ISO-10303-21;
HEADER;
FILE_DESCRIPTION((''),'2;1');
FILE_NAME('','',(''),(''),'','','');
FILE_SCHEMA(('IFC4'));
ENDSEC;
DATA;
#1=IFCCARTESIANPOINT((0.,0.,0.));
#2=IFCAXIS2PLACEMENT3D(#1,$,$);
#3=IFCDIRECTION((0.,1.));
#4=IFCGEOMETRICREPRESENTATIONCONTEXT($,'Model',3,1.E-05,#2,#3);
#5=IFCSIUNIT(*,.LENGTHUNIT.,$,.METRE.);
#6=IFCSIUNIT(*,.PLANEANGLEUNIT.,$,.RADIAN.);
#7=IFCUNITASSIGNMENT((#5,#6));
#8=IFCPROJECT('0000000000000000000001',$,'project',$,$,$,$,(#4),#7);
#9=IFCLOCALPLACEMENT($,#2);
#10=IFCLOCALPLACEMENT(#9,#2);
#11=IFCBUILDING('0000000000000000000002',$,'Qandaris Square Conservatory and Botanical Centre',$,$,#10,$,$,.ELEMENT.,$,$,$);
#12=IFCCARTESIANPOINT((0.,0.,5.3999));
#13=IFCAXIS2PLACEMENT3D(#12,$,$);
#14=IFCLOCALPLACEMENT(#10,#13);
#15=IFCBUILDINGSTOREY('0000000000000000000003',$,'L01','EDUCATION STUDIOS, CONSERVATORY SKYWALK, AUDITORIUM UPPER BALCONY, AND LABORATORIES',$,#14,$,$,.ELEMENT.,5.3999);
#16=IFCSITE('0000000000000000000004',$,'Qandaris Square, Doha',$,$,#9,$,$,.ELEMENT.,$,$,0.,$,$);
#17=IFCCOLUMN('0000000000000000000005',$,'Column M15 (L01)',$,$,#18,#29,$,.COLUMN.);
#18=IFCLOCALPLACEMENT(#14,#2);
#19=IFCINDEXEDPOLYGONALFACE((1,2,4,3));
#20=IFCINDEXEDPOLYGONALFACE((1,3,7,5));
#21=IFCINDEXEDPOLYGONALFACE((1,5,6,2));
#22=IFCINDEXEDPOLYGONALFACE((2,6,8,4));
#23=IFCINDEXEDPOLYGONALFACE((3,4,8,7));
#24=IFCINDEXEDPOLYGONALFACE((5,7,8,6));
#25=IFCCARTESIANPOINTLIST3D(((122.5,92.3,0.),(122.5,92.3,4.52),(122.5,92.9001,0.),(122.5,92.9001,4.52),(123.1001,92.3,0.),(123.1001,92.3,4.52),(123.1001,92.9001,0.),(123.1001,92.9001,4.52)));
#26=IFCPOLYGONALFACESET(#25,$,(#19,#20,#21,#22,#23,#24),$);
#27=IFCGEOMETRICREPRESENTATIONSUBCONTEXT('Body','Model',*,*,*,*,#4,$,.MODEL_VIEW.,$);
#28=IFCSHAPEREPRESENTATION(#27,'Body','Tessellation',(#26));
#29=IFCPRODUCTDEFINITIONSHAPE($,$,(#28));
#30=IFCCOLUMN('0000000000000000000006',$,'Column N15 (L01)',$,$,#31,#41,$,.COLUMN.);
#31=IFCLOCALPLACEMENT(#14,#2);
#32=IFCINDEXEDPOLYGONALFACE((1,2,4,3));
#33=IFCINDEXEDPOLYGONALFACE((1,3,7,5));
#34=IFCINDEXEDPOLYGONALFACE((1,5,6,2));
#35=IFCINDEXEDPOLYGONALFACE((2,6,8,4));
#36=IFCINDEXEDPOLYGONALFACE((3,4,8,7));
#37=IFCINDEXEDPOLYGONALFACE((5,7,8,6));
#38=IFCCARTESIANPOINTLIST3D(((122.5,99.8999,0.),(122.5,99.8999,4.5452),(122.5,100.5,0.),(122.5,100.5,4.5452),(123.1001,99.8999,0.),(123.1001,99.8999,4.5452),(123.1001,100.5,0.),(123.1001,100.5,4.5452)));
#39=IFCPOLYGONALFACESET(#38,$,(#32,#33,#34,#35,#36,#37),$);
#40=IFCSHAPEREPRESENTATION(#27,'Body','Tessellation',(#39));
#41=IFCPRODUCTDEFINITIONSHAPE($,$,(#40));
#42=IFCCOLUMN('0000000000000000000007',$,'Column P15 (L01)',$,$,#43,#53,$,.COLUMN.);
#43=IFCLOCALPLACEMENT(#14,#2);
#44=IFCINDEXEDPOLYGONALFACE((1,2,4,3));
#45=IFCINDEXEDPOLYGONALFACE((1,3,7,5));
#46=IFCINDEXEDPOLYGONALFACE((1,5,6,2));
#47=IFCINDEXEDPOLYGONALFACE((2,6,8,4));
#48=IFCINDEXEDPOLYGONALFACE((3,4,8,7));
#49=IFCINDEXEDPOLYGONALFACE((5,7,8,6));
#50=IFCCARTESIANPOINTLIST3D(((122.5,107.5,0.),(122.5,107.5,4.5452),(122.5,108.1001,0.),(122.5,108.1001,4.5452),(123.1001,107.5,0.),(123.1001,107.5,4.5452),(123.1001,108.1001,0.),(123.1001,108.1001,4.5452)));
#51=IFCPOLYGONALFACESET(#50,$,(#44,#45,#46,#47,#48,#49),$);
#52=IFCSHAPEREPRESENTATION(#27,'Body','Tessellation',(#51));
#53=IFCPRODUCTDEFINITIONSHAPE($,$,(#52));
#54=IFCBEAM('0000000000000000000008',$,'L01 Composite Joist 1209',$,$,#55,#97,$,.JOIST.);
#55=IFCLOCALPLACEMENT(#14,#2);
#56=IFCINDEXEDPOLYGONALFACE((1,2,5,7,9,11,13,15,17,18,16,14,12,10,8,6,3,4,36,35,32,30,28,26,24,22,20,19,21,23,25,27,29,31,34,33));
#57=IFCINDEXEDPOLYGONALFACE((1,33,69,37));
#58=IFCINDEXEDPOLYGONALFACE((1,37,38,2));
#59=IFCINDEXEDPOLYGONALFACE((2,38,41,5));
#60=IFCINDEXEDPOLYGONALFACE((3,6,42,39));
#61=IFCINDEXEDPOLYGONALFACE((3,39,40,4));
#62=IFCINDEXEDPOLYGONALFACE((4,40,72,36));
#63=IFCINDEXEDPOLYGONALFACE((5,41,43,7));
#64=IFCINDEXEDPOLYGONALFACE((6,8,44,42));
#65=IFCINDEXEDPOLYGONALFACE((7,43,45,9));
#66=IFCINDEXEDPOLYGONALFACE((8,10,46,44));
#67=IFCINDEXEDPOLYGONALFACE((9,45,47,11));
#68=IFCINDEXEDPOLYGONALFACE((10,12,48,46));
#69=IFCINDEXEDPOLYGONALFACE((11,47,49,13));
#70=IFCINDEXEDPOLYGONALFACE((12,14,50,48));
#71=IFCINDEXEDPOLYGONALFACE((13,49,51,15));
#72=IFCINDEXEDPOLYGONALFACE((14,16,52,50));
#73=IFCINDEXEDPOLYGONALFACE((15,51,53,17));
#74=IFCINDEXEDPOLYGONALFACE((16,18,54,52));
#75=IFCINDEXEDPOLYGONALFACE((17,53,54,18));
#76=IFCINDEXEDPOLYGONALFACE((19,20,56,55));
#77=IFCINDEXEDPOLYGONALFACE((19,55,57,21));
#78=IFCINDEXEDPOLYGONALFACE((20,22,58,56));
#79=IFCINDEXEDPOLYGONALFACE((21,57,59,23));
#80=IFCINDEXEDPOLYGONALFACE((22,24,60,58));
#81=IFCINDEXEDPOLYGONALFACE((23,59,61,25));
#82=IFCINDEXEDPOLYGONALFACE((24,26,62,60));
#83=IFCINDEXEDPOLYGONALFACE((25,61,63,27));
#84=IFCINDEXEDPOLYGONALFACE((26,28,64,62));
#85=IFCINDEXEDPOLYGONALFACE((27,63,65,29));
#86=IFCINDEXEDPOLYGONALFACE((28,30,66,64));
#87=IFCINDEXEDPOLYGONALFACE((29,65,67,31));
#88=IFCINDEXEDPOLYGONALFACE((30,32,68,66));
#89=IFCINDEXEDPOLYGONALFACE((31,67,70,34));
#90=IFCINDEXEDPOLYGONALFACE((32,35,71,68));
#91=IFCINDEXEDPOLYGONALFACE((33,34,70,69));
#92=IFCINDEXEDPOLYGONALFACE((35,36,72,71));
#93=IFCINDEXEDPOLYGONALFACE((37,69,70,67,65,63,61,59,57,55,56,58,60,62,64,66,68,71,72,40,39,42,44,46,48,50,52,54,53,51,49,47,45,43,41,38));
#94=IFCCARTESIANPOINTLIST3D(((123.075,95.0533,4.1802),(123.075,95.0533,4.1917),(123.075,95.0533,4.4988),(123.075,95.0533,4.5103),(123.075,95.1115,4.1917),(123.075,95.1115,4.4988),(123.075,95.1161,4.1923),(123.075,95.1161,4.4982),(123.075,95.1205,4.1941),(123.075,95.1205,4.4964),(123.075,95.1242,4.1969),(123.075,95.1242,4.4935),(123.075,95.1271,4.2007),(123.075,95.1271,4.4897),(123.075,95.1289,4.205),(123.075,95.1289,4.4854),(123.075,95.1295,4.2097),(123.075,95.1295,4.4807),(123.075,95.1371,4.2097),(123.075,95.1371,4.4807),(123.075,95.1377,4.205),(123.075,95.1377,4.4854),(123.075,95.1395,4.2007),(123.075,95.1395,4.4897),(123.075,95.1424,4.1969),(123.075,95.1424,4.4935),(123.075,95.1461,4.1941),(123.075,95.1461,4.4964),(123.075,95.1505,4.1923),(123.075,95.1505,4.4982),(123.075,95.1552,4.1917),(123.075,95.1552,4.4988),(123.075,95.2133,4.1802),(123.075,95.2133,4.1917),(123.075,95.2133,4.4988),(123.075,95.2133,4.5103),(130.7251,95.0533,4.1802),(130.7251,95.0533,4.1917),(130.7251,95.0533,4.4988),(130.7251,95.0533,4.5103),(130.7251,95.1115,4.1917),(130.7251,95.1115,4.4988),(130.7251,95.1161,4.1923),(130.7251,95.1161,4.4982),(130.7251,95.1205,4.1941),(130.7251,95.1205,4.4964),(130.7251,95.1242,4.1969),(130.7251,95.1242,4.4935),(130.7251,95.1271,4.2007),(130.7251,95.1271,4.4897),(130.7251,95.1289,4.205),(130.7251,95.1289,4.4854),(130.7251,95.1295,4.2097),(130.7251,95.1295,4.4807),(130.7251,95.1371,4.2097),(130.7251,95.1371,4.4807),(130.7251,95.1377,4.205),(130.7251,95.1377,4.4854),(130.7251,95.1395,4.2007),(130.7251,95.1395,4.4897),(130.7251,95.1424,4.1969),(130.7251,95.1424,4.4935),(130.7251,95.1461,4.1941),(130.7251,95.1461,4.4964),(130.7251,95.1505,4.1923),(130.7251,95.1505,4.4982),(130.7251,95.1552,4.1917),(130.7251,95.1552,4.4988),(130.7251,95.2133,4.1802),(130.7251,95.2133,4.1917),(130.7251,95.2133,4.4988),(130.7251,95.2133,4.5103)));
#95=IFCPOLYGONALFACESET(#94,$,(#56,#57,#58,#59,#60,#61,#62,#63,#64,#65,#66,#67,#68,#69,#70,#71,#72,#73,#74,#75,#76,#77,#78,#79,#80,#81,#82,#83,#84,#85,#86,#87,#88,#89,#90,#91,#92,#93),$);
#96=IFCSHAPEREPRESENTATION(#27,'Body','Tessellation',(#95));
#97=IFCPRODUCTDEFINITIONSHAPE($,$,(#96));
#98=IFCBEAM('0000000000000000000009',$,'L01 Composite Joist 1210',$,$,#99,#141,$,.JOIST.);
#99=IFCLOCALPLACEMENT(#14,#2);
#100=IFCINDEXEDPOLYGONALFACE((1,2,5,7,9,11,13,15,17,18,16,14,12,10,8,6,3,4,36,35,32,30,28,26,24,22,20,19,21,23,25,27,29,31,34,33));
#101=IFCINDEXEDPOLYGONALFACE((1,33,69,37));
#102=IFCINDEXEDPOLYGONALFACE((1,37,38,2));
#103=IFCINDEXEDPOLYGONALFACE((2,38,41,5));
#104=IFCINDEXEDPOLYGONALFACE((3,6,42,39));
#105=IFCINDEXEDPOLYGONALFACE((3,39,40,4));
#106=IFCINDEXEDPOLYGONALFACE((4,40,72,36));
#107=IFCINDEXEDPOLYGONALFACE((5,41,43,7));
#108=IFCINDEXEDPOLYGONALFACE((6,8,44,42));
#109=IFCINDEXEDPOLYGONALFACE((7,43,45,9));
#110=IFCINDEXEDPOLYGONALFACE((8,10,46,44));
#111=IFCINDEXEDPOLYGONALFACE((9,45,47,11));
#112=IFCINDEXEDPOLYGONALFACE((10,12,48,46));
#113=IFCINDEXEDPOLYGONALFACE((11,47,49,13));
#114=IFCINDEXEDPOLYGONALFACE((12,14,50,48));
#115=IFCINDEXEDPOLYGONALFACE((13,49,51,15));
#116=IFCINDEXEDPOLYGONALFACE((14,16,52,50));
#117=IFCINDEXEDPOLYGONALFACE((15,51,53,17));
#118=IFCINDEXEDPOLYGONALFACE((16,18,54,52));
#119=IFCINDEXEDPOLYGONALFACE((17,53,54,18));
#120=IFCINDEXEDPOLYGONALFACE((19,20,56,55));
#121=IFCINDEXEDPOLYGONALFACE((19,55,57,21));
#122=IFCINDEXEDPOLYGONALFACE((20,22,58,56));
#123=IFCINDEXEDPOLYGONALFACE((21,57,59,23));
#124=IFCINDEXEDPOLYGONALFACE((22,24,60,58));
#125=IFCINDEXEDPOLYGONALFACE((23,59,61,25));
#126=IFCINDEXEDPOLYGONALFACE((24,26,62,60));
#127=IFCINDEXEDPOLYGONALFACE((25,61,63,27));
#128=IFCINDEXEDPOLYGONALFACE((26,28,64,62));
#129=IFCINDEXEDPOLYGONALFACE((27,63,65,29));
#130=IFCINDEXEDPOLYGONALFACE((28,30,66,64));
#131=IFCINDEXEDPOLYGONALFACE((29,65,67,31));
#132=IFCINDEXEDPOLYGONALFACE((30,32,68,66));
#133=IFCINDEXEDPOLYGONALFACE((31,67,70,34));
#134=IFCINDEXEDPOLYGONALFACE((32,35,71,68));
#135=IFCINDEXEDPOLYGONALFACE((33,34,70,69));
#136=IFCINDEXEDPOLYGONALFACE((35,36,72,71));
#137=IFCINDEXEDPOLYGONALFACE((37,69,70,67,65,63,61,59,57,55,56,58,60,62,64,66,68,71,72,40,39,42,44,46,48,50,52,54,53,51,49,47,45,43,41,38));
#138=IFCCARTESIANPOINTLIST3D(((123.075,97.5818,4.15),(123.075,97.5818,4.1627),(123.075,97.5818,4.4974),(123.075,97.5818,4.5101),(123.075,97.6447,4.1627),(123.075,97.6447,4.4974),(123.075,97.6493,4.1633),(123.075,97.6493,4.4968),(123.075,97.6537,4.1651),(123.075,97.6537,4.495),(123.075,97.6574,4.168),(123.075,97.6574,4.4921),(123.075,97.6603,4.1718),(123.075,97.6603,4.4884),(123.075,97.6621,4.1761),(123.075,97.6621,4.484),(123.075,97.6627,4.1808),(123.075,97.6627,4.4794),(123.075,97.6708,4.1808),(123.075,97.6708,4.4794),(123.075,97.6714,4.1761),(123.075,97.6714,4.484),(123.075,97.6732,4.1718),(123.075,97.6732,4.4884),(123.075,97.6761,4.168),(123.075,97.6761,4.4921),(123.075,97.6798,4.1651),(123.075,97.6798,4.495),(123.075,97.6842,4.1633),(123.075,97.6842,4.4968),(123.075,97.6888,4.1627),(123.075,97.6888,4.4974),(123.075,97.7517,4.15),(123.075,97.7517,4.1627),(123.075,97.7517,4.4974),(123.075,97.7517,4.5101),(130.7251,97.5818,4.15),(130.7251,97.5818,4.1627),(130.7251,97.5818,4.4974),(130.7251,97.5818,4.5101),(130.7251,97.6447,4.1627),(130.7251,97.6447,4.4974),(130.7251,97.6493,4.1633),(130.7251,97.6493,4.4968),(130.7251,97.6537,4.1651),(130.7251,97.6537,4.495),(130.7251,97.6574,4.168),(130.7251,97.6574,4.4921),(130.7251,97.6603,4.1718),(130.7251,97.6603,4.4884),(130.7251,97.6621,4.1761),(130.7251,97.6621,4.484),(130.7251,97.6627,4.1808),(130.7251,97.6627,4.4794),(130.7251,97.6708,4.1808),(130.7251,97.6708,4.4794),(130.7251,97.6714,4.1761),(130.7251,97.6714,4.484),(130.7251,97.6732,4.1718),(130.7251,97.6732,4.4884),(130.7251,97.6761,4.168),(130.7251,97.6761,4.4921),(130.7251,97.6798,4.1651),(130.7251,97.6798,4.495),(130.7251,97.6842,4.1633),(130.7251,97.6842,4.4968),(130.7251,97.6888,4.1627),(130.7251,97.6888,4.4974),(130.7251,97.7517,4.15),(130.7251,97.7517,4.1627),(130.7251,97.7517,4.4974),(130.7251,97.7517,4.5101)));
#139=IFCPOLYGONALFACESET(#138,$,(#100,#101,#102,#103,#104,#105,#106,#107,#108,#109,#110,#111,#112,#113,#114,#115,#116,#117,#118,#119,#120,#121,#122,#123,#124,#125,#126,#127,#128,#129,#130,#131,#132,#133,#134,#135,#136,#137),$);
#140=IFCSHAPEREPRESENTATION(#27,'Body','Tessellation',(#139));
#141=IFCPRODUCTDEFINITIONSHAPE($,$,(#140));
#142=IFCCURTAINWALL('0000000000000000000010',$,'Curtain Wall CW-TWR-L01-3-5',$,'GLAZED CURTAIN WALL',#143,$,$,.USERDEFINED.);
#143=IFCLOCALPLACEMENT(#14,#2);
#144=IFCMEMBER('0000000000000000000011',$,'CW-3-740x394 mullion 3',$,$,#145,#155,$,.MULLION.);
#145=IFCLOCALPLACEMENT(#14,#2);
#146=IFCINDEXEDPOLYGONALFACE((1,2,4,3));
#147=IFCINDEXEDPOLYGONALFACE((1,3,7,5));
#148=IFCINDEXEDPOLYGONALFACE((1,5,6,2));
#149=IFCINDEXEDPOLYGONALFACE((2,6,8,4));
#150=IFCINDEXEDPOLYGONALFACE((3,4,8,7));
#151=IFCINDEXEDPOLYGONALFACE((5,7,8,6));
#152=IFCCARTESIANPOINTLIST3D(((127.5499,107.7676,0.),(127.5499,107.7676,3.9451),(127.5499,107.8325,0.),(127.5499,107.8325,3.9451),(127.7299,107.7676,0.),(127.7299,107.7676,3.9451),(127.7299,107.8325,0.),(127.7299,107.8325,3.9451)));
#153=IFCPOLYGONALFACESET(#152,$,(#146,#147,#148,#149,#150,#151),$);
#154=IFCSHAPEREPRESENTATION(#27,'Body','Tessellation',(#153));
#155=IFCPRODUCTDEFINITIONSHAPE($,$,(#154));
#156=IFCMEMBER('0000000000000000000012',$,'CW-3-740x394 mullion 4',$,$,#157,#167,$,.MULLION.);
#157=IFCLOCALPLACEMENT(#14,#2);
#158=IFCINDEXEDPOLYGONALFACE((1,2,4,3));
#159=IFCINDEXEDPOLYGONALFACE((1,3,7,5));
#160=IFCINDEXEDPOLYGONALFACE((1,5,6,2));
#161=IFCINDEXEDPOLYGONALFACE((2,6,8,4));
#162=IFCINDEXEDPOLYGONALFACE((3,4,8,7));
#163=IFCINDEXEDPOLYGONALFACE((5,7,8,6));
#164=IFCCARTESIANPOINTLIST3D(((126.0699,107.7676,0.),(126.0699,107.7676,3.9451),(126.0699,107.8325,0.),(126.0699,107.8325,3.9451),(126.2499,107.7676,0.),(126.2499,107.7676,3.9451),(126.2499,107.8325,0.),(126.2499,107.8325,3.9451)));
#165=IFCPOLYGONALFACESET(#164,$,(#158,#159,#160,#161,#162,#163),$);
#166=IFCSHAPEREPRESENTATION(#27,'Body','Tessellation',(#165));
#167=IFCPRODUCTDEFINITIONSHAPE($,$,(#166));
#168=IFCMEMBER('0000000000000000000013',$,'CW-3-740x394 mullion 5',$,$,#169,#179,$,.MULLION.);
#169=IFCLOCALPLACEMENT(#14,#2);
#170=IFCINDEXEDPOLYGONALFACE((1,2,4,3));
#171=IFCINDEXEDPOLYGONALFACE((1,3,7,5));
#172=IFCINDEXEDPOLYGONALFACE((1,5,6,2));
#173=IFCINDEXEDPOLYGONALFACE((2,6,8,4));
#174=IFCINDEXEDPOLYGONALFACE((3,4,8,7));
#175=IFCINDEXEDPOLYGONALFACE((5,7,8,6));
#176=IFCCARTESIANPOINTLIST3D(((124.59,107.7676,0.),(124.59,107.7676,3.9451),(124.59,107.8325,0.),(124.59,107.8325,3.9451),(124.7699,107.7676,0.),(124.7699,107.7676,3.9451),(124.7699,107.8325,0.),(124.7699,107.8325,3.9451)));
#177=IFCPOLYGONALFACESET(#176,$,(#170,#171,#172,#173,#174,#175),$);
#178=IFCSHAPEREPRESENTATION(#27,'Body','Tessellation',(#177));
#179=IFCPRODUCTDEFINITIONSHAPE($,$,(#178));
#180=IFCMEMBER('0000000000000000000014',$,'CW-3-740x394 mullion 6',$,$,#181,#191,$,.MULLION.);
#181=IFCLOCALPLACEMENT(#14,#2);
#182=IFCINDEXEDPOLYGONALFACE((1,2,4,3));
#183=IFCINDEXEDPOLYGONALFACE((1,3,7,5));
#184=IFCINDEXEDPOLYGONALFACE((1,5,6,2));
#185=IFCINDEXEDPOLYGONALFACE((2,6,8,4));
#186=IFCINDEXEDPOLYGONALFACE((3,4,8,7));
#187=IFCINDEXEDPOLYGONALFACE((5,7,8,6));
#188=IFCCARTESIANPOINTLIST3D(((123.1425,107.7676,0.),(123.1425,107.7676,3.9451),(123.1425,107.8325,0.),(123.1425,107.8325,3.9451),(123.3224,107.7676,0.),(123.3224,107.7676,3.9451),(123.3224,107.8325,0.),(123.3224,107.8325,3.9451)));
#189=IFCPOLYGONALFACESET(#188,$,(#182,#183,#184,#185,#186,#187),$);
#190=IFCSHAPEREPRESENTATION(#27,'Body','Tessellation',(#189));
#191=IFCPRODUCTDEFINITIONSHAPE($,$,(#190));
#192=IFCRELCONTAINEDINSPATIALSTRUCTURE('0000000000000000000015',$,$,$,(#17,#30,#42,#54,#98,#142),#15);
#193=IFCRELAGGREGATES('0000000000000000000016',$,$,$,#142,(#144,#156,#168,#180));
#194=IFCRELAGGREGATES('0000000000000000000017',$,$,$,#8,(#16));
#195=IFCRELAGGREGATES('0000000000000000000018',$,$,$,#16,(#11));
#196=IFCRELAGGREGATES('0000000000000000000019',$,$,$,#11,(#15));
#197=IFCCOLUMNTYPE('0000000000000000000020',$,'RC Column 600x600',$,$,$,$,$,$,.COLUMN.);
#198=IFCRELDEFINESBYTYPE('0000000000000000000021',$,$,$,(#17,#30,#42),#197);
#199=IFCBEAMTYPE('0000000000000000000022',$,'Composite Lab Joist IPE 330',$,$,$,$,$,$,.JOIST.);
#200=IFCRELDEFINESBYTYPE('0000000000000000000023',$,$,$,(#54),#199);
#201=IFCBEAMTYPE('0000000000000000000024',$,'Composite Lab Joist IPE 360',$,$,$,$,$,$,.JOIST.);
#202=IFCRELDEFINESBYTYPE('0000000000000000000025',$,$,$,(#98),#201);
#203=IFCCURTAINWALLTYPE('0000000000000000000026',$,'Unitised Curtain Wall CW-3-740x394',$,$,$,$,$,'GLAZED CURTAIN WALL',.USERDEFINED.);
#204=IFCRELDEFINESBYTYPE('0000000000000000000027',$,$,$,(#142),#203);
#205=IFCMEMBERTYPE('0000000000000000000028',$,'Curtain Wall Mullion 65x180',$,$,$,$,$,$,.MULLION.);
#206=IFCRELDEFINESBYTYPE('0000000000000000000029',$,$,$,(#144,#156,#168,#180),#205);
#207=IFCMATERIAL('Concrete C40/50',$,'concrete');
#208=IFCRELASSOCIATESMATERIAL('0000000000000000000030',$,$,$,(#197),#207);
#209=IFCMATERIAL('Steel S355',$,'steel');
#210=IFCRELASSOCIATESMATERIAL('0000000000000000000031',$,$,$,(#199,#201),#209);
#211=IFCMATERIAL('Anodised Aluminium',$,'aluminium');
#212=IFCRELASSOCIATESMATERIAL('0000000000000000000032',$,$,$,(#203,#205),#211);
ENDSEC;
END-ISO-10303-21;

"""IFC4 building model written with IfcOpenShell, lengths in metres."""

from ifc_helpers import new_model, si_unit, direction, frame, origin, origin_2d, place, context, subcontext, project, spatial, rectangle, i_section, extrude, material, material_profile, profile_set, type_object, element, aggregate, save


model = new_model("IFC4")

# Units and contexts
model_context = context("Model", 3, precision=1e-05, world=origin(), true_north=direction((0.0, 1.0)))
body_context = subcontext(model_context, "Body", "Model", "MODEL_VIEW")
ifc_project = project(units=[si_unit("LENGTHUNIT", "METRE"), si_unit("PLANEANGLEUNIT", "RADIAN")], contexts=[model_context])

# Site, building, storey
site_placement = place(None, origin())
site = spatial("IfcSite", under=ifc_project, at=site_placement, Name="Qandaris Square, Doha", CompositionType="ELEMENT", RefElevation=0.0)
building_placement = place(site_placement, origin())
building = spatial("IfcBuilding", under=site, at=building_placement, Name="Qandaris Square Conservatory and Botanical Centre", CompositionType="ELEMENT")
storey_placement = place(building_placement, frame((0.0, 0.0, 5.3999)))
storey = spatial("IfcBuildingStorey", under=building, at=storey_placement, Name="L01", Description="EDUCATION STUDIOS, CONSERVATORY SKYWALK, AUDITORIUM UPPER BALCONY, AND LABORATORIES", CompositionType="ELEMENT", Elevation=5.3999)

# Columns
ifc_material_1 = material(Name="Concrete C40/50", Category="concrete")
ifc_material_profile_1 = material_profile(ifc_material_1, rectangle(XDim=0.6001, YDim=0.6001, at=origin_2d()), Name="RC-COL 600x600")
ifc_profile_set_1 = profile_set([ifc_material_profile_1], Name="Concrete C40/50")
column_type = type_object("IfcColumnType", Name="RC Column 600x600", PredefinedType="COLUMN", material=ifc_profile_set_1)
column_placement = place(storey_placement, frame((122.8, 92.6001, 0.0), z_axis=(0.0, 0.0, 1.0), x_axis=(1.0, 0.0, 0.0)))
element("IfcColumn", 1, at=column_placement, inside=storey, type_object=column_type, Name="Column M15 (L01)", PredefinedType="COLUMN", context=body_context, shape_type="SweptSolid", body=[
    extrude(rectangle(XDim=0.6001, YDim=0.6001, at=origin_2d()), origin(), (0.0, 0.0, 1.0), 4.52),
])
for number, where, z_axis, x_axis, name in (
    (2, (122.8, 100.2, 0.0), (0.0, 0.0, 1.0), (1.0, 0.0, 0.0), "Column N15 (L01)"),
    (3, (122.8, 107.8, 0.0), (0.0, 0.0, 1.0), (1.0, 0.0, 0.0), "Column P15 (L01)"),
):
    element("IfcColumn", number, at=place(storey_placement, frame(where, z_axis=z_axis, x_axis=x_axis)), inside=storey, type_object=column_type, Name=name, PredefinedType="COLUMN", context=body_context, shape_type="SweptSolid", body=[
        extrude(rectangle(XDim=0.6001, YDim=0.6001, at=origin_2d()), origin(), (0.0, 0.0, 1.0), 4.5452),
    ])

# Beams
ifc_material_2 = material(Name="Steel S355", Category="steel")
ifc_material_profile_2 = material_profile(ifc_material_2, i_section(OverallWidth=0.1599, OverallDepth=0.3301, WebThickness=0.0076, FlangeThickness=0.0115, FilletRadius=0.0181, at=origin_2d()), Name="IPE 330")
ifc_profile_set_2 = profile_set([ifc_material_profile_2], Name="Steel S355")
beam_type_1 = type_object("IfcBeamType", Name="Composite Lab Joist IPE 330", PredefinedType="JOIST", material=ifc_profile_set_2)
beam_1_placement = place(storey_placement, frame((123.075, 95.1333, 4.3452), z_axis=(1.0, 0.0, 0.0), x_axis=(0.0, 1.0, 0.0)))
element("IfcBeam", 4, at=beam_1_placement, inside=storey, type_object=beam_type_1, Name="L01 Composite Joist 1209", PredefinedType="JOIST", context=body_context, shape_type="SweptSolid", body=[
    extrude(i_section(OverallWidth=0.1599, OverallDepth=0.3301, WebThickness=0.0076, FlangeThickness=0.0115, FilletRadius=0.0181, at=origin_2d()), origin(), (0.0, 0.0, 1.0), 7.6501),
])
ifc_material_profile_3 = material_profile(ifc_material_2, i_section(OverallWidth=0.1699, OverallDepth=0.3601, WebThickness=0.0081, FlangeThickness=0.0127, FilletRadius=0.0181, at=origin_2d()), Name="IPE 360")
ifc_profile_set_3 = profile_set([ifc_material_profile_3], Name="Steel S355")
beam_type_2 = type_object("IfcBeamType", Name="Composite Lab Joist IPE 360", PredefinedType="JOIST", material=ifc_profile_set_3)
beam_2_placement = place(storey_placement, frame((123.075, 97.6667, 4.3301), z_axis=(1.0, 0.0, 0.0), x_axis=(0.0, 1.0, 0.0)))
element("IfcBeam", 5, at=beam_2_placement, inside=storey, type_object=beam_type_2, Name="L01 Composite Joist 1210", PredefinedType="JOIST", context=body_context, shape_type="SweptSolid", body=[
    extrude(i_section(OverallWidth=0.1699, OverallDepth=0.3601, WebThickness=0.0081, FlangeThickness=0.0127, FilletRadius=0.0181, at=origin_2d()), origin(), (0.0, 0.0, 1.0), 7.6501),
])

# Curtain wall, members
ifc_material_3 = material(Name="Anodised Aluminium", Category="aluminium")
curtain_wall_type = type_object("IfcCurtainWallType", Name="Unitised Curtain Wall CW-3-740x394", ElementType="GLAZED CURTAIN WALL", PredefinedType="USERDEFINED", material=ifc_material_3)
curtain_wall_placement = place(storey_placement, origin())
curtain_wall = element("IfcCurtainWall", 6, at=curtain_wall_placement, inside=storey, type_object=curtain_wall_type, Name="Curtain Wall CW-TWR-L01-3-5", ObjectType="GLAZED CURTAIN WALL", PredefinedType="USERDEFINED")
ifc_material_profile_4 = material_profile(ifc_material_3, rectangle(XDim=0.0649, YDim=0.1799, at=origin_2d()), Name="ALU-MUL 65x180")
ifc_profile_set_4 = profile_set([ifc_material_profile_4], Name="Anodised Aluminium")
member_type_1 = type_object("IfcMemberType", Name="Curtain Wall Mullion 65x180", PredefinedType="MULLION", material=ifc_profile_set_4)
member_1_placement = place(storey_placement, frame((127.6399, 107.8, 0.0), z_axis=(0.0, 0.0, 1.0), x_axis=(0.0, -1.0, 0.0)))
member_1 = element("IfcMember", 7, at=member_1_placement, type_object=member_type_1, Name="CW-3-740x394 mullion 3", PredefinedType="MULLION", context=body_context, shape_type="SweptSolid", body=[
    extrude(rectangle(XDim=0.0649, YDim=0.1799, at=origin_2d()), origin(), (0.0, 0.0, 1.0), 3.9451),
])
member_2_placement = place(storey_placement, frame((126.1599, 107.8, 0.0), z_axis=(0.0, 0.0, 1.0), x_axis=(0.0, -1.0, 0.0)))
member_2 = element("IfcMember", 8, at=member_2_placement, type_object=member_type_1, Name="CW-3-740x394 mullion 4", PredefinedType="MULLION", context=body_context, shape_type="SweptSolid", body=[
    extrude(rectangle(XDim=0.0649, YDim=0.1799, at=origin_2d()), origin(), (0.0, 0.0, 1.0), 3.9451),
])
member_3_placement = place(storey_placement, frame((124.6799, 107.8, 0.0), z_axis=(0.0, 0.0, 1.0), x_axis=(0.0, -1.0, 0.0)))
member_3 = element("IfcMember", 9, at=member_3_placement, type_object=member_type_1, Name="CW-3-740x394 mullion 5", PredefinedType="MULLION", context=body_context, shape_type="SweptSolid", body=[
    extrude(rectangle(XDim=0.0649, YDim=0.1799, at=origin_2d()), origin(), (0.0, 0.0, 1.0), 3.9451),
])
member_4_placement = place(storey_placement, frame((123.2324, 107.8, 0.0), z_axis=(0.0, 0.0, 1.0), x_axis=(0.0, -1.0, 0.0)))
member_4 = element("IfcMember", 10, at=member_4_placement, type_object=member_type_1, Name="CW-3-740x394 mullion 6", PredefinedType="MULLION", context=body_context, shape_type="SweptSolid", body=[
    extrude(rectangle(XDim=0.0649, YDim=0.1799, at=origin_2d()), origin(), (0.0, 0.0, 1.0), 3.9451),
])

aggregate(curtain_wall, [member_1, member_2, member_3, member_4])

save(model, "model.ifc")
